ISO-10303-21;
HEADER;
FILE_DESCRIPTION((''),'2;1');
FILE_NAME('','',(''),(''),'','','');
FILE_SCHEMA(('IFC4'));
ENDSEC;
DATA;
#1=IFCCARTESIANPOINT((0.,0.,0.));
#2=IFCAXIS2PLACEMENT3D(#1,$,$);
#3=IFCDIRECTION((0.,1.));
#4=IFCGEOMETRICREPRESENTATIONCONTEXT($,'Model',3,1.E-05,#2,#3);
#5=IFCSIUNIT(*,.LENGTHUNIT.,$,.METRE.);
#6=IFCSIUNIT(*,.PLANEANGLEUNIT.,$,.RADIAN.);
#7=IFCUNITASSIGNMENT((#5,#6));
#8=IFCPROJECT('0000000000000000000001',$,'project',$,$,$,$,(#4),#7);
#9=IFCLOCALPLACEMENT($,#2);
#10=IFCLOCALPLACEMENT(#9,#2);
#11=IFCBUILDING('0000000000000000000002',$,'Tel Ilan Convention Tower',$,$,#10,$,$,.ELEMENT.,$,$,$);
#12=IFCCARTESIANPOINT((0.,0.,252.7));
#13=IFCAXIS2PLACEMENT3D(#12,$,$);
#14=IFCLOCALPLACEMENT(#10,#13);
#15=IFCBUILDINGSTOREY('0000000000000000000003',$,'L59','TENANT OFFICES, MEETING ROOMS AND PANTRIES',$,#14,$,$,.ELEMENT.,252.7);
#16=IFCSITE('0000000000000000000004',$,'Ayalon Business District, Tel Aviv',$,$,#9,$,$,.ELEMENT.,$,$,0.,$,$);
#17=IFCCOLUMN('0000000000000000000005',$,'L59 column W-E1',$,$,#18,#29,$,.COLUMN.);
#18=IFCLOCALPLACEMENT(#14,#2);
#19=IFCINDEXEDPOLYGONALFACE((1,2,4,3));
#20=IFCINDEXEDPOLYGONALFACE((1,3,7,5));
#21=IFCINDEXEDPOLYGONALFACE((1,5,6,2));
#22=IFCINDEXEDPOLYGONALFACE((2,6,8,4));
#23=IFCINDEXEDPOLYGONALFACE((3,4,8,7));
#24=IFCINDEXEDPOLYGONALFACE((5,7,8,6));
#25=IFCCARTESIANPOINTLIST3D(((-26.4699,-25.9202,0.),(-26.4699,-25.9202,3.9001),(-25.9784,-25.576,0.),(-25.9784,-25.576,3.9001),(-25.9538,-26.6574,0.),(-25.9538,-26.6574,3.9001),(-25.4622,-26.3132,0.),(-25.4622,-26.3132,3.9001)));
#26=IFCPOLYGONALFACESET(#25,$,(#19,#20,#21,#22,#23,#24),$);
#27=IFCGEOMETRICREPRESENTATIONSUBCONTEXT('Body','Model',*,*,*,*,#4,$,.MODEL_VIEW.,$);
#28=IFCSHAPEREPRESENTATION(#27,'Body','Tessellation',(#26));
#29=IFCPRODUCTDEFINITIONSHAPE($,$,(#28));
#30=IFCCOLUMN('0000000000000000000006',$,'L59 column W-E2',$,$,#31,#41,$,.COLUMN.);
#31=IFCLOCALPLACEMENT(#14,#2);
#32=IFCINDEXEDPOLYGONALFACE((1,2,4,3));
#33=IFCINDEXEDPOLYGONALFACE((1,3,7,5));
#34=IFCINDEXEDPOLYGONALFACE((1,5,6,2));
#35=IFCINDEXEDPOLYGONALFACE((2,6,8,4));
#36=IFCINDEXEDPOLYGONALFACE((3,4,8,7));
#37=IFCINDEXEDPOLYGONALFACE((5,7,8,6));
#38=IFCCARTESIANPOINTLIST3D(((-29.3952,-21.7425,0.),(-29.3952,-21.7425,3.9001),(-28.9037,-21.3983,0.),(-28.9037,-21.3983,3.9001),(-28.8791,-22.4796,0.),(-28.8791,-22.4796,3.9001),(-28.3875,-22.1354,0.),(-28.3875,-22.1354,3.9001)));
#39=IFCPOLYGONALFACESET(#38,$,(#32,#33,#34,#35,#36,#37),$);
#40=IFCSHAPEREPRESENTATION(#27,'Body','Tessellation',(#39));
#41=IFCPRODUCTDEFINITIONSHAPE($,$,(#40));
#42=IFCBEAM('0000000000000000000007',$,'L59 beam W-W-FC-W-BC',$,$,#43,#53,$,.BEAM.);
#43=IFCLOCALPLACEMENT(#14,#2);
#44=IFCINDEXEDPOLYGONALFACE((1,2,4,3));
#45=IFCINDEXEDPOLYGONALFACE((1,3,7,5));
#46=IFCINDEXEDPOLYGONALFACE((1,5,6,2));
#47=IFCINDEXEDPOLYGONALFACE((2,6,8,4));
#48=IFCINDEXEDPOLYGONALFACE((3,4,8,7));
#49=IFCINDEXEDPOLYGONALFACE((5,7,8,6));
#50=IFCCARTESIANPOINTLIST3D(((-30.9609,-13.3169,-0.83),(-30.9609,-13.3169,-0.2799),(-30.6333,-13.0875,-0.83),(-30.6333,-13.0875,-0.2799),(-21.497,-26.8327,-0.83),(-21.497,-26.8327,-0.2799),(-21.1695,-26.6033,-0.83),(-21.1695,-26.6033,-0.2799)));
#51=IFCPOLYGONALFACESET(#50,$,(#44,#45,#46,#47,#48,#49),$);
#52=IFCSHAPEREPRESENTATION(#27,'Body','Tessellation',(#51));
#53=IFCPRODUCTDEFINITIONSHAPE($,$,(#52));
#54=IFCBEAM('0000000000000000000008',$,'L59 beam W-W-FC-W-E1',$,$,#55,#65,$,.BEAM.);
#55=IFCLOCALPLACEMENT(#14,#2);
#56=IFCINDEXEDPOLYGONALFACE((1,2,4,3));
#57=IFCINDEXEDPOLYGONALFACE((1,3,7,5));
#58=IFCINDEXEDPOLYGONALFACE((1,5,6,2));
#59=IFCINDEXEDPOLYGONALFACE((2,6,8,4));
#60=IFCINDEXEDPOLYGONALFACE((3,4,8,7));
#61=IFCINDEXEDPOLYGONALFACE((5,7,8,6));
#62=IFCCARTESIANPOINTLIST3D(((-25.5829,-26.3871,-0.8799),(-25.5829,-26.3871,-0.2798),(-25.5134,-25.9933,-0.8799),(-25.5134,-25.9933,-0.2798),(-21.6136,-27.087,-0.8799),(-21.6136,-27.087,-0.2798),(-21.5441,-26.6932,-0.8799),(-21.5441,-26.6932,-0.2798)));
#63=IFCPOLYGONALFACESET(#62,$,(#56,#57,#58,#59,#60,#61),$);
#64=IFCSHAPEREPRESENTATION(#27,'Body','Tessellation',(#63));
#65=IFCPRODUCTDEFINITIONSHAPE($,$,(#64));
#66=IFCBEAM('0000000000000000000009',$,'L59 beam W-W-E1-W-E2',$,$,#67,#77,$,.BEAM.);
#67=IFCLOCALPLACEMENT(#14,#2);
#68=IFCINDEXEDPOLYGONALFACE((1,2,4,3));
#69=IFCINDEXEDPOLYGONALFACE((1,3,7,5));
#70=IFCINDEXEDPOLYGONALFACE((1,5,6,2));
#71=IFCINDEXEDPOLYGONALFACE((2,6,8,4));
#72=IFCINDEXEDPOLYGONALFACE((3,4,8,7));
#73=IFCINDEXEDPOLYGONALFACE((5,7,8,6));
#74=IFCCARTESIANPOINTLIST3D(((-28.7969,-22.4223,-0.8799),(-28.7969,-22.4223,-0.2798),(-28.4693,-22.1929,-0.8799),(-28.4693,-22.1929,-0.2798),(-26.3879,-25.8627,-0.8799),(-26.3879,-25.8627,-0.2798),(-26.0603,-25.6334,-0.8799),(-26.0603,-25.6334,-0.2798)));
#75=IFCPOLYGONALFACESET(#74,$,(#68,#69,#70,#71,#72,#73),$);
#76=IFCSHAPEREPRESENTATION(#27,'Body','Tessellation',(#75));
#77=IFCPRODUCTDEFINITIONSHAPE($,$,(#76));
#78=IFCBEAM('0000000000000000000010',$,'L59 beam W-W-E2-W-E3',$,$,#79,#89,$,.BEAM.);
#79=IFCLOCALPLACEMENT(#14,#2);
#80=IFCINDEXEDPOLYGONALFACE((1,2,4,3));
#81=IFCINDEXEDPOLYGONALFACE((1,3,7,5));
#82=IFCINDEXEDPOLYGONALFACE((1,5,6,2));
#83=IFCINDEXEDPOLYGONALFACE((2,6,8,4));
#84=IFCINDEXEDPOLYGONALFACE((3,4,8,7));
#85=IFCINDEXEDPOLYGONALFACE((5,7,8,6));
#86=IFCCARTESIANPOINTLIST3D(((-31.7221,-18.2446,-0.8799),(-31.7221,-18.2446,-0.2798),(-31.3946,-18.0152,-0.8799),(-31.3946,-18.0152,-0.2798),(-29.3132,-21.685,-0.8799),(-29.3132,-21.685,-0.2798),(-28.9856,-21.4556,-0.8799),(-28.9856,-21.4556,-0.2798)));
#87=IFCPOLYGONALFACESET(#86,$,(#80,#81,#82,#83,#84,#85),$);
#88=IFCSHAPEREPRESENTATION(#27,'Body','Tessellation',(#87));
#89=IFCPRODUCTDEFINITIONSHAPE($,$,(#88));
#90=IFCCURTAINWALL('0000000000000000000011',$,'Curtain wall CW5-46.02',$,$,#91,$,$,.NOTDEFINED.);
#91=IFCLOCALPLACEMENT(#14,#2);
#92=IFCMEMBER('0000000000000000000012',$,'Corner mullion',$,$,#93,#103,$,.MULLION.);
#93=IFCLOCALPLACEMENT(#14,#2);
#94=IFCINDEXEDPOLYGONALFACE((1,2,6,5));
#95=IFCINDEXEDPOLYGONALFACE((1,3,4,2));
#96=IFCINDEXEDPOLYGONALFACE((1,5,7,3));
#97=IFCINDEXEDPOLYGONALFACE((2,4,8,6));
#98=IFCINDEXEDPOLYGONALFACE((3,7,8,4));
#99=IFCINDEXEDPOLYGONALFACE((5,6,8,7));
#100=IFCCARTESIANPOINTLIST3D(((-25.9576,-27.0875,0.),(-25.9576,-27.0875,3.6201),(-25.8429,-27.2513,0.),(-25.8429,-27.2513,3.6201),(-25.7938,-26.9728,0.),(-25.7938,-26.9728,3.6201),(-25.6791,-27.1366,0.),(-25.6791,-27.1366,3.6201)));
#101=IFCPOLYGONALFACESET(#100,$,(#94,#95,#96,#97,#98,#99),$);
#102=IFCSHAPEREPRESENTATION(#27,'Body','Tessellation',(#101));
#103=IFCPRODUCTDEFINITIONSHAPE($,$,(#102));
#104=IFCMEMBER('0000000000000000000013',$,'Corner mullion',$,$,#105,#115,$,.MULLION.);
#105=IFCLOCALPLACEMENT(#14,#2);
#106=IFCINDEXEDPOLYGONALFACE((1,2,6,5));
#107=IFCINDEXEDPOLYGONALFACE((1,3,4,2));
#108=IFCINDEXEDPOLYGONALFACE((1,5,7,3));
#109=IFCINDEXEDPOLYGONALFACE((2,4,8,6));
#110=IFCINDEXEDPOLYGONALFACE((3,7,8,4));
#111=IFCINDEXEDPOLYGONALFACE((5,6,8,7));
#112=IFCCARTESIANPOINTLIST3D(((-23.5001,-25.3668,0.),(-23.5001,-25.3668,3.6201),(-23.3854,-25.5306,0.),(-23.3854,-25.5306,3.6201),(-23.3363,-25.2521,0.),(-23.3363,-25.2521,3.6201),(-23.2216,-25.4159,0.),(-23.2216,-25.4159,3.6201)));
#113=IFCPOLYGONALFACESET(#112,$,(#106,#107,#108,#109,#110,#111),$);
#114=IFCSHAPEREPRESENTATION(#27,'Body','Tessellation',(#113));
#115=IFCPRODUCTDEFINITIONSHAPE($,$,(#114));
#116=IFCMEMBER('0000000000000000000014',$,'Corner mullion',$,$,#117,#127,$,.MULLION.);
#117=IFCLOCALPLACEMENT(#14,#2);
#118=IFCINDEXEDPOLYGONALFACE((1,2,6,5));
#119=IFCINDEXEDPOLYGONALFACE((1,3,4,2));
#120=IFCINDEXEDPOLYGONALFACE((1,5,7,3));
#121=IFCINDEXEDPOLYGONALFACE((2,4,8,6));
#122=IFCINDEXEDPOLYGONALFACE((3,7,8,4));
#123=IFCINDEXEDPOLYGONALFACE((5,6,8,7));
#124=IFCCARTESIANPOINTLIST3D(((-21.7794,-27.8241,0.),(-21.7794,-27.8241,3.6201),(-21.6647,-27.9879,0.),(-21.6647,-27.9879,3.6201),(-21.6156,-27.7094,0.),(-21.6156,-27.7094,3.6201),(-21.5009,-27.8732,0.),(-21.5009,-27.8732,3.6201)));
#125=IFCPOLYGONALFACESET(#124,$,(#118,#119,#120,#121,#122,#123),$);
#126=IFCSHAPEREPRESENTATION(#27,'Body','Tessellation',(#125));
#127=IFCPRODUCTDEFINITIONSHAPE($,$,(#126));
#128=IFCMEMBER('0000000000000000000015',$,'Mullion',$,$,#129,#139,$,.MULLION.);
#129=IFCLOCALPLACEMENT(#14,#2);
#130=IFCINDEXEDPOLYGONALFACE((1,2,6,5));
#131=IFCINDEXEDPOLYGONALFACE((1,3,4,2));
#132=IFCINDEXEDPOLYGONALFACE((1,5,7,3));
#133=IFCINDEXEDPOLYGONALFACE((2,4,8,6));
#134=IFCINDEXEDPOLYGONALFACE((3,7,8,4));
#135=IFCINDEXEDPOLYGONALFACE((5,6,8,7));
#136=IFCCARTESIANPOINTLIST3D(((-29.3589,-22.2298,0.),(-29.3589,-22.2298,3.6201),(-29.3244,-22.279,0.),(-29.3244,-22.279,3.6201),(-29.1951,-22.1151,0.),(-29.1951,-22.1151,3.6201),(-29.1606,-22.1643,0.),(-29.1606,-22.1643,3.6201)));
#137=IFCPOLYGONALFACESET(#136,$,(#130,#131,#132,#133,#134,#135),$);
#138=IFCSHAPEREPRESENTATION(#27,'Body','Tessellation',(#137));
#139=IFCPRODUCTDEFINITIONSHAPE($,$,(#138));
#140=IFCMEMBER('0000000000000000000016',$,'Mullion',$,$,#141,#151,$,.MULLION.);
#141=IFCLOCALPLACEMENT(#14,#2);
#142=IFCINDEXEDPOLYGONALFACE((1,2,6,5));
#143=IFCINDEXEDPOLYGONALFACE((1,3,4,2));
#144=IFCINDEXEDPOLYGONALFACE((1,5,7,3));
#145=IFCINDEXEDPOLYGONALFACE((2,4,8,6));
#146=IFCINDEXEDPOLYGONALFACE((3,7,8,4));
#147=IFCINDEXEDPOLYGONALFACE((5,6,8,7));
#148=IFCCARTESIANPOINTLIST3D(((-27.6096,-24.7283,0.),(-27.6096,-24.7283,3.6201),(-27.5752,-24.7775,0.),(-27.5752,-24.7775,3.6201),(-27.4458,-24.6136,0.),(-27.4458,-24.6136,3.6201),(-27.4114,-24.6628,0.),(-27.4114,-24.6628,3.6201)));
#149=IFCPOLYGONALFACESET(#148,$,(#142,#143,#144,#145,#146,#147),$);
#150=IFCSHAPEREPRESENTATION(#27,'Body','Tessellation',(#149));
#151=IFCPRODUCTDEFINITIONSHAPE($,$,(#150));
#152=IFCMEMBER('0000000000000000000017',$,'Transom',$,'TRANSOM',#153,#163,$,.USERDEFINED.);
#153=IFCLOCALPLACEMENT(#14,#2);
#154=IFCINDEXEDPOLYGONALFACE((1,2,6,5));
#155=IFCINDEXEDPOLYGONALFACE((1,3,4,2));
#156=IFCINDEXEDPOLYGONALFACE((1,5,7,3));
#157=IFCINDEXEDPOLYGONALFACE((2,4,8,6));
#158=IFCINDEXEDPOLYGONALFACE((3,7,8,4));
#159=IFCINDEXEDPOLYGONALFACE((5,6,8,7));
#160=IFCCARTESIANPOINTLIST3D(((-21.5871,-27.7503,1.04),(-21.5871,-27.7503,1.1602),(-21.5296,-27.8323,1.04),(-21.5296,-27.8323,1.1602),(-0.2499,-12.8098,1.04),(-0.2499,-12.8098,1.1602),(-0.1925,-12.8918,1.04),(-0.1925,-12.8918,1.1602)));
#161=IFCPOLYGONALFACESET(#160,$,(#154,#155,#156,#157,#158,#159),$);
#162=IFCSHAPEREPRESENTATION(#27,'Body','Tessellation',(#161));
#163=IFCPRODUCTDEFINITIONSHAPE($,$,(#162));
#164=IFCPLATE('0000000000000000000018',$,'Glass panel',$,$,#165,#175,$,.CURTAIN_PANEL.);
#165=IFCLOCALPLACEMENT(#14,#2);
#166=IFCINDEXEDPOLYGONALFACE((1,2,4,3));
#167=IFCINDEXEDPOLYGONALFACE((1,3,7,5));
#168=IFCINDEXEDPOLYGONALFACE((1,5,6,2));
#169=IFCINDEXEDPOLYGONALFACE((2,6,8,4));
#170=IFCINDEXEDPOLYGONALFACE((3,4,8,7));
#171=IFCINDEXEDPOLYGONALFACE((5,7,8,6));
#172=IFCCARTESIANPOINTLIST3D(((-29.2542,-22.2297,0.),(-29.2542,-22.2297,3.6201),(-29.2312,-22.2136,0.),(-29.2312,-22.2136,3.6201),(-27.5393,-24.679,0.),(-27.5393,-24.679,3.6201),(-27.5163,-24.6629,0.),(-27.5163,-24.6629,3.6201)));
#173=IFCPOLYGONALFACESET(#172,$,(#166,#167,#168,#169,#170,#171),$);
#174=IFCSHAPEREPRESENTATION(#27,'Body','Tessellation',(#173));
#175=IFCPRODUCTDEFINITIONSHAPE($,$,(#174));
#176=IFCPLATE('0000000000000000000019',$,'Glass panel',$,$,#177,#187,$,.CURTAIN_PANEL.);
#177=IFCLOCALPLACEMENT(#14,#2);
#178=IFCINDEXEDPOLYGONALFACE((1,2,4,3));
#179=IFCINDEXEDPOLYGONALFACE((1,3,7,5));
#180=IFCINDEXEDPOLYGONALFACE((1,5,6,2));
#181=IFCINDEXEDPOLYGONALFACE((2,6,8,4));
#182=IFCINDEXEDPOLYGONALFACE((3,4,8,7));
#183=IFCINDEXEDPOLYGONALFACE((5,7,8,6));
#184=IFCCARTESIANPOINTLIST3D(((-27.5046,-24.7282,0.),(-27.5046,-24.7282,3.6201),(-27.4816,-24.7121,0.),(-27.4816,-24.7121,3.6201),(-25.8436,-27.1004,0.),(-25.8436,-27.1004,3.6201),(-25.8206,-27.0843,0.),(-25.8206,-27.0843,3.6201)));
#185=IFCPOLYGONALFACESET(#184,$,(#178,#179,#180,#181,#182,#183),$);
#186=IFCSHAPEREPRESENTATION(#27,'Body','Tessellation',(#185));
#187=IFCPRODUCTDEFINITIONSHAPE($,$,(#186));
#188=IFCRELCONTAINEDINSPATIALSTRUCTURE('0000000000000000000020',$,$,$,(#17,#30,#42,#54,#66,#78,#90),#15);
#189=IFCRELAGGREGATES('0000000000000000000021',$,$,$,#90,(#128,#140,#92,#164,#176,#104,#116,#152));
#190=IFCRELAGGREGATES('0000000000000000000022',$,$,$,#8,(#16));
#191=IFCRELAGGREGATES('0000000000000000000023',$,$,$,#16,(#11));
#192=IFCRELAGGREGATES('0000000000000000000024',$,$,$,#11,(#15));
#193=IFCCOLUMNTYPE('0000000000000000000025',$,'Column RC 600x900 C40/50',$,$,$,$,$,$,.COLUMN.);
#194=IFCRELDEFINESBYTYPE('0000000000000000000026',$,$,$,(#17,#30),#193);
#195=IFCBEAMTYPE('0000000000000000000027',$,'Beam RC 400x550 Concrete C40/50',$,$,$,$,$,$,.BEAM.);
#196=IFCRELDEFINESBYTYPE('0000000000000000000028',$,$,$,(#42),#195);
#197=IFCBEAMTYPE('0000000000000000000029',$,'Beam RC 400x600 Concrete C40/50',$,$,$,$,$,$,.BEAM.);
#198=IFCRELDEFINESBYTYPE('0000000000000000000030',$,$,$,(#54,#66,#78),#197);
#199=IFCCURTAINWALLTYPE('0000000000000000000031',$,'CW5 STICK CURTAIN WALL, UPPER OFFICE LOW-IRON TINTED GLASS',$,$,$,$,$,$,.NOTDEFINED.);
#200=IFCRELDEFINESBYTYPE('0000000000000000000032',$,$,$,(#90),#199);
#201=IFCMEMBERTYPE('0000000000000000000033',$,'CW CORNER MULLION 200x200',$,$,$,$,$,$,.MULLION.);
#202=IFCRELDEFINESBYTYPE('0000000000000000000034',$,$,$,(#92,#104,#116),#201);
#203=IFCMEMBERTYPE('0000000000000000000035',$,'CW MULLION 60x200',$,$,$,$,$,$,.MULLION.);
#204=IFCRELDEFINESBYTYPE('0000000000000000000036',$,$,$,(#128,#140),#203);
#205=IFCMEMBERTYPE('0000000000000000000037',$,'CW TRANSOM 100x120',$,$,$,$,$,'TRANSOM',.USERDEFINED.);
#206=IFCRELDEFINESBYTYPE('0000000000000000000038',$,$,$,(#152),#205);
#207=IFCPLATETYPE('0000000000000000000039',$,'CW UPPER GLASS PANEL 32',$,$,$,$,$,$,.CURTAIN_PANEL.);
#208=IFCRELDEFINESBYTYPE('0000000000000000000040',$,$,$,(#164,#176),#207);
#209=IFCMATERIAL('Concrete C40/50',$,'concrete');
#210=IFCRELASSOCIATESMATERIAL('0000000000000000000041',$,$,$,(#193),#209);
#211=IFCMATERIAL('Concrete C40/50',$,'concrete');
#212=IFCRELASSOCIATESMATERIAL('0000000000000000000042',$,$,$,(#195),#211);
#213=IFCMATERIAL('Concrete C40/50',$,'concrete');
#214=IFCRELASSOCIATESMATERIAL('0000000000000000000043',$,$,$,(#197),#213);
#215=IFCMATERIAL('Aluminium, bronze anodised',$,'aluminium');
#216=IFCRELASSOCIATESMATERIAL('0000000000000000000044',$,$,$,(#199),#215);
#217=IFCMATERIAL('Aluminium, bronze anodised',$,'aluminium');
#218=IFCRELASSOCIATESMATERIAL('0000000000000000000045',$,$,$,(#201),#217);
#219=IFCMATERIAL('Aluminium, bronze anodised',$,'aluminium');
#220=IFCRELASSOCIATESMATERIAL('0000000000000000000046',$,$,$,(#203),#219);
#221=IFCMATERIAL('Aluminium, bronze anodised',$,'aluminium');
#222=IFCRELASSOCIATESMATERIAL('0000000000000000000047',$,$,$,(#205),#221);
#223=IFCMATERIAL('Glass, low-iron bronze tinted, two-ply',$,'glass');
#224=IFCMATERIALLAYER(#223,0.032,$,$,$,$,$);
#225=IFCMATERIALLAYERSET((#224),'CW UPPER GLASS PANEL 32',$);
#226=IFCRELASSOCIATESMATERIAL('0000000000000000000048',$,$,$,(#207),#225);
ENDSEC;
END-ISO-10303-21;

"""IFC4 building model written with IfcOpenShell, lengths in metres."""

from ifc_helpers import new_model, si_unit, direction, frame, origin, origin_2d, place, context, subcontext, project, spatial, rectangle, extrude, material, layer, layer_set, material_profile, profile_set, type_object, element, aggregate, save


model = new_model("IFC4")

# Units and contexts
model_context = context("Model", 3, precision=1e-05, world=origin(), true_north=direction((0.0, 1.0)))
body_context = subcontext(model_context, "Body", "Model", "MODEL_VIEW")
ifc_project = project(units=[si_unit("LENGTHUNIT", "METRE"), si_unit("PLANEANGLEUNIT", "RADIAN")], contexts=[model_context])

# Site, building, storey
site_placement = place(None, origin())
site = spatial("IfcSite", under=ifc_project, at=site_placement, Name="Ayalon Business District, Tel Aviv", CompositionType="ELEMENT", RefElevation=0.0)
building_placement = place(site_placement, origin())
building = spatial("IfcBuilding", under=site, at=building_placement, Name="Tel Ilan Convention Tower", CompositionType="ELEMENT")
storey_placement = place(building_placement, frame((0.0, 0.0, 252.7)))
storey = spatial("IfcBuildingStorey", under=building, at=storey_placement, Name="L59", Description="TENANT OFFICES, MEETING ROOMS AND PANTRIES", CompositionType="ELEMENT", Elevation=252.7)

# Columns
ifc_material_1 = material(Name="Concrete C40/50", Category="concrete")
ifc_material_profile_1 = material_profile(ifc_material_1, rectangle(XDim=0.8999, YDim=0.6001, at=origin_2d()), Name="RC 600x900")
ifc_profile_set_1 = profile_set([ifc_material_profile_1], Name="Concrete C40/50")
column_type = type_object("IfcColumnType", Name="Column RC 600x900 C40/50", PredefinedType="COLUMN", material=ifc_profile_set_1)
for number, where, z_axis, x_axis, name in (
    (1, (-25.9661, -26.1167, 0.0), (0.0, 0.0, 1.0), (-0.573576, 0.819152, 0.0), "L59 column W-E1"),
    (2, (-28.8914, -21.939, 0.0), (0.0, 0.0, 1.0), (-0.573576, 0.819152, 0.0), "L59 column W-E2"),
):
    element("IfcColumn", number, at=place(storey_placement, frame(where, z_axis=z_axis, x_axis=x_axis)), inside=storey, type_object=column_type, Name=name, PredefinedType="COLUMN", context=body_context, shape_type="SweptSolid", body=[
        extrude(rectangle(XDim=0.8999, YDim=0.6001, at=origin_2d()), origin(), (0.0, 0.0, 1.0), 3.9001),
    ])

# Beams
ifc_material_2 = material(Name="Concrete C40/50", Category="concrete")
ifc_material_profile_2 = material_profile(ifc_material_2, rectangle(XDim=0.3999, YDim=0.55, at=origin_2d()), Name="RC 400x550")
ifc_profile_set_2 = profile_set([ifc_material_profile_2], Name="Concrete C40/50")
beam_type_1 = type_object("IfcBeamType", Name="Beam RC 400x550 Concrete C40/50", PredefinedType="BEAM", material=ifc_profile_set_2)
beam_1_placement = place(storey_placement, frame((-21.3333, -26.718, -0.5549), z_axis=(-0.573575, 0.819153, 0.0), x_axis=(-0.819153, -0.573575, 0.0)))
element("IfcBeam", 3, at=beam_1_placement, inside=storey, type_object=beam_type_1, Name="L59 beam W-W-FC-W-BC", PredefinedType="BEAM", context=body_context, shape_type="SweptSolid", body=[
    extrude(rectangle(XDim=0.3999, YDim=0.55, at=origin_2d()), origin(), (0.0, 0.0, 1.0), 16.4998),
])
ifc_material_3 = material(Name="Concrete C40/50", Category="concrete")
ifc_material_profile_3 = material_profile(ifc_material_3, rectangle(XDim=0.3999, YDim=0.6001, at=origin_2d()), Name="RC 400x600")
ifc_profile_set_3 = profile_set([ifc_material_profile_3], Name="Concrete C40/50")
beam_type_2 = type_object("IfcBeamType", Name="Beam RC 400x600 Concrete C40/50", PredefinedType="BEAM", material=ifc_profile_set_3)
beam_2_placement = place(storey_placement, frame((-21.5789, -26.8901, -0.5798), z_axis=(-0.984805, 0.173664, 0.0), x_axis=(-0.173664, -0.984805, 0.0)))
element("IfcBeam", 4, at=beam_2_placement, inside=storey, type_object=beam_type_2, Name="L59 beam W-W-FC-W-E1", PredefinedType="BEAM", context=body_context, shape_type="SweptSolid", body=[
    extrude(rectangle(XDim=0.3999, YDim=0.6001, at=origin_2d()), origin(), (0.0, 0.0, 1.0), 4.0305),
])
for number, where, z_axis, x_axis, name in (
    (5, (-26.2241, -25.748, -0.5798), (-0.573564, 0.819161, 0.0), (-0.819161, -0.573564, 0.0), "L59 beam W-W-E1-W-E2"),
    (6, (-29.1494, -21.5703, -0.5798), (-0.573564, 0.819161, 0.0), (-0.819161, -0.573564, 0.0), "L59 beam W-W-E2-W-E3"),
):
    element("IfcBeam", number, at=place(storey_placement, frame(where, z_axis=z_axis, x_axis=x_axis)), inside=storey, type_object=beam_type_2, Name=name, PredefinedType="BEAM", context=body_context, shape_type="SweptSolid", body=[
        extrude(rectangle(XDim=0.3999, YDim=0.6001, at=origin_2d()), origin(), (0.0, 0.0, 1.0), 4.2),
    ])

# Curtain wall, members, plates
ifc_material_4 = material(Name="Aluminium, bronze anodised", Category="aluminium")
curtain_wall_type = type_object("IfcCurtainWallType", Name="CW5 STICK CURTAIN WALL, UPPER OFFICE LOW-IRON TINTED GLASS", PredefinedType="NOTDEFINED", material=ifc_material_4)
curtain_wall_placement = place(storey_placement, origin())
curtain_wall = element("IfcCurtainWall", 7, at=curtain_wall_placement, inside=storey, type_object=curtain_wall_type, Name="Curtain wall CW5-46.02", PredefinedType="NOTDEFINED")
ifc_material_5 = material(Name="Aluminium, bronze anodised", Category="aluminium")
ifc_material_profile_4 = material_profile(ifc_material_5, rectangle(XDim=0.2, YDim=0.2, at=origin_2d()), Name="CW CORNER MULLION 200x200")
ifc_profile_set_4 = profile_set([ifc_material_profile_4], Name="Aluminium, bronze anodised")
member_type_1 = type_object("IfcMemberType", Name="CW CORNER MULLION 200x200", PredefinedType="MULLION", material=ifc_profile_set_4)
member_1_placement = place(storey_placement, frame((-25.8184, -27.1121, 0.0), z_axis=(0.0, 0.0, 1.0), x_axis=(0.573576, -0.819152, 0.0)))
member_1 = element("IfcMember", 8, at=member_1_placement, type_object=member_type_1, Name="Corner mullion", PredefinedType="MULLION", context=body_context, shape_type="SweptSolid", body=[
    extrude(rectangle(XDim=0.2, YDim=0.2, at=origin_2d()), origin(), (0.0, 0.0, 1.0), 3.6201),
])
member_2_placement = place(storey_placement, frame((-23.3608, -25.3914, 0.0), z_axis=(0.0, 0.0, 1.0), x_axis=(0.819152, 0.573576, 0.0)))
member_2 = element("IfcMember", 9, at=member_2_placement, type_object=member_type_1, Name="Corner mullion", PredefinedType="MULLION", context=body_context, shape_type="SweptSolid", body=[
    extrude(rectangle(XDim=0.2, YDim=0.2, at=origin_2d()), origin(), (0.0, 0.0, 1.0), 3.6201),
])
member_3_placement = place(storey_placement, frame((-21.6401, -27.8486, 0.0), z_axis=(0.0, 0.0, 1.0), x_axis=(0.573576, -0.819152, 0.0)))
member_3 = element("IfcMember", 10, at=member_3_placement, type_object=member_type_1, Name="Corner mullion", PredefinedType="MULLION", context=body_context, shape_type="SweptSolid", body=[
    extrude(rectangle(XDim=0.2, YDim=0.2, at=origin_2d()), origin(), (0.0, 0.0, 1.0), 3.6201),
])
ifc_material_6 = material(Name="Aluminium, bronze anodised", Category="aluminium")
ifc_material_profile_5 = material_profile(ifc_material_6, rectangle(XDim=0.0601, YDim=0.2, at=origin_2d()), Name="CW MULLION 60x200")
ifc_profile_set_5 = profile_set([ifc_material_profile_5], Name="Aluminium, bronze anodised")
member_type_2 = type_object("IfcMemberType", Name="CW MULLION 60x200", PredefinedType="MULLION", material=ifc_profile_set_5)
member_4_placement = place(storey_placement, frame((-29.2598, -22.197, 0.0), z_axis=(0.0, 0.0, 1.0), x_axis=(0.573576, -0.819152, 0.0)))
member_4 = element("IfcMember", 11, at=member_4_placement, type_object=member_type_2, Name="Mullion", PredefinedType="MULLION", context=body_context, shape_type="SweptSolid", body=[
    extrude(rectangle(XDim=0.0601, YDim=0.2, at=origin_2d()), origin(), (0.0, 0.0, 1.0), 3.6201),
])
member_5_placement = place(storey_placement, frame((-27.5105, -24.6956, 0.0), z_axis=(0.0, 0.0, 1.0), x_axis=(0.573576, -0.819152, 0.0)))
member_5 = element("IfcMember", 12, at=member_5_placement, type_object=member_type_2, Name="Mullion", PredefinedType="MULLION", context=body_context, shape_type="SweptSolid", body=[
    extrude(rectangle(XDim=0.0601, YDim=0.2, at=origin_2d()), origin(), (0.0, 0.0, 1.0), 3.6201),
])
ifc_material_7 = material(Name="Aluminium, bronze anodised", Category="aluminium")
ifc_material_profile_6 = material_profile(ifc_material_7, rectangle(XDim=0.1001, YDim=0.1201, at=origin_2d()), Name="CW TRANSOM 100x120")
ifc_profile_set_6 = profile_set([ifc_material_profile_6], Name="Aluminium, bronze anodised")
member_type_3 = type_object("IfcMemberType", Name="CW TRANSOM 100x120", ElementType="TRANSOM", PredefinedType="USERDEFINED", material=ifc_profile_set_6)
member_6_placement = place(storey_placement, frame((-21.5583, -27.7913, 1.1001), z_axis=(0.819152, 0.573576, 0.0), x_axis=(-0.573576, 0.819152, 0.0)))
member_6 = element("IfcMember", 13, at=member_6_placement, type_object=member_type_3, Name="Transom", ObjectType="TRANSOM", PredefinedType="USERDEFINED", context=body_context, shape_type="SweptSolid", body=[
    extrude(rectangle(XDim=0.1001, YDim=0.1201, at=origin_2d()), origin(), (0.0, 0.0, 1.0), 26.0479),
])
ifc_material_8 = material(Name="Glass, low-iron bronze tinted, two-ply", Category="glass")
ifc_layer_1 = layer(ifc_material_8, 0.032)
ifc_layer_set_1 = layer_set([ifc_layer_1], Name="CW UPPER GLASS PANEL 32")
plate_type = type_object("IfcPlateType", Name="CW UPPER GLASS PANEL 32", PredefinedType="CURTAIN_PANEL", material=ifc_layer_set_1)
plate_1_placement = place(storey_placement, frame((-28.3853, -23.4463, 0.0), z_axis=(0.0, 0.0, 1.0), x_axis=(0.573576, -0.819152, 0.0)))
plate_1 = element("IfcPlate", 14, at=plate_1_placement, type_object=plate_type, Name="Glass panel", PredefinedType="CURTAIN_PANEL", context=body_context, shape_type="SweptSolid", body=[
    extrude(rectangle(XDim=2.99, YDim=0.0281, at=origin_2d()), origin(), (0.0, 0.0, 1.0), 3.6201),
])
plate_2_placement = place(storey_placement, frame((-26.6626, -25.9062, 0.0), z_axis=(0.0, 0.0, 1.0), x_axis=(0.573576, -0.819152, 0.0)))
plate_2 = element("IfcPlate", 15, at=plate_2_placement, type_object=plate_type, Name="Glass panel", PredefinedType="CURTAIN_PANEL", context=body_context, shape_type="SweptSolid", body=[
    extrude(rectangle(XDim=2.896, YDim=0.0281, at=origin_2d()), origin(), (0.0, 0.0, 1.0), 3.6201),
])
aggregate(curtain_wall, [member_4, member_5, member_1, plate_1, plate_2, member_2, member_3, member_6])

save(model, "model.ifc")
